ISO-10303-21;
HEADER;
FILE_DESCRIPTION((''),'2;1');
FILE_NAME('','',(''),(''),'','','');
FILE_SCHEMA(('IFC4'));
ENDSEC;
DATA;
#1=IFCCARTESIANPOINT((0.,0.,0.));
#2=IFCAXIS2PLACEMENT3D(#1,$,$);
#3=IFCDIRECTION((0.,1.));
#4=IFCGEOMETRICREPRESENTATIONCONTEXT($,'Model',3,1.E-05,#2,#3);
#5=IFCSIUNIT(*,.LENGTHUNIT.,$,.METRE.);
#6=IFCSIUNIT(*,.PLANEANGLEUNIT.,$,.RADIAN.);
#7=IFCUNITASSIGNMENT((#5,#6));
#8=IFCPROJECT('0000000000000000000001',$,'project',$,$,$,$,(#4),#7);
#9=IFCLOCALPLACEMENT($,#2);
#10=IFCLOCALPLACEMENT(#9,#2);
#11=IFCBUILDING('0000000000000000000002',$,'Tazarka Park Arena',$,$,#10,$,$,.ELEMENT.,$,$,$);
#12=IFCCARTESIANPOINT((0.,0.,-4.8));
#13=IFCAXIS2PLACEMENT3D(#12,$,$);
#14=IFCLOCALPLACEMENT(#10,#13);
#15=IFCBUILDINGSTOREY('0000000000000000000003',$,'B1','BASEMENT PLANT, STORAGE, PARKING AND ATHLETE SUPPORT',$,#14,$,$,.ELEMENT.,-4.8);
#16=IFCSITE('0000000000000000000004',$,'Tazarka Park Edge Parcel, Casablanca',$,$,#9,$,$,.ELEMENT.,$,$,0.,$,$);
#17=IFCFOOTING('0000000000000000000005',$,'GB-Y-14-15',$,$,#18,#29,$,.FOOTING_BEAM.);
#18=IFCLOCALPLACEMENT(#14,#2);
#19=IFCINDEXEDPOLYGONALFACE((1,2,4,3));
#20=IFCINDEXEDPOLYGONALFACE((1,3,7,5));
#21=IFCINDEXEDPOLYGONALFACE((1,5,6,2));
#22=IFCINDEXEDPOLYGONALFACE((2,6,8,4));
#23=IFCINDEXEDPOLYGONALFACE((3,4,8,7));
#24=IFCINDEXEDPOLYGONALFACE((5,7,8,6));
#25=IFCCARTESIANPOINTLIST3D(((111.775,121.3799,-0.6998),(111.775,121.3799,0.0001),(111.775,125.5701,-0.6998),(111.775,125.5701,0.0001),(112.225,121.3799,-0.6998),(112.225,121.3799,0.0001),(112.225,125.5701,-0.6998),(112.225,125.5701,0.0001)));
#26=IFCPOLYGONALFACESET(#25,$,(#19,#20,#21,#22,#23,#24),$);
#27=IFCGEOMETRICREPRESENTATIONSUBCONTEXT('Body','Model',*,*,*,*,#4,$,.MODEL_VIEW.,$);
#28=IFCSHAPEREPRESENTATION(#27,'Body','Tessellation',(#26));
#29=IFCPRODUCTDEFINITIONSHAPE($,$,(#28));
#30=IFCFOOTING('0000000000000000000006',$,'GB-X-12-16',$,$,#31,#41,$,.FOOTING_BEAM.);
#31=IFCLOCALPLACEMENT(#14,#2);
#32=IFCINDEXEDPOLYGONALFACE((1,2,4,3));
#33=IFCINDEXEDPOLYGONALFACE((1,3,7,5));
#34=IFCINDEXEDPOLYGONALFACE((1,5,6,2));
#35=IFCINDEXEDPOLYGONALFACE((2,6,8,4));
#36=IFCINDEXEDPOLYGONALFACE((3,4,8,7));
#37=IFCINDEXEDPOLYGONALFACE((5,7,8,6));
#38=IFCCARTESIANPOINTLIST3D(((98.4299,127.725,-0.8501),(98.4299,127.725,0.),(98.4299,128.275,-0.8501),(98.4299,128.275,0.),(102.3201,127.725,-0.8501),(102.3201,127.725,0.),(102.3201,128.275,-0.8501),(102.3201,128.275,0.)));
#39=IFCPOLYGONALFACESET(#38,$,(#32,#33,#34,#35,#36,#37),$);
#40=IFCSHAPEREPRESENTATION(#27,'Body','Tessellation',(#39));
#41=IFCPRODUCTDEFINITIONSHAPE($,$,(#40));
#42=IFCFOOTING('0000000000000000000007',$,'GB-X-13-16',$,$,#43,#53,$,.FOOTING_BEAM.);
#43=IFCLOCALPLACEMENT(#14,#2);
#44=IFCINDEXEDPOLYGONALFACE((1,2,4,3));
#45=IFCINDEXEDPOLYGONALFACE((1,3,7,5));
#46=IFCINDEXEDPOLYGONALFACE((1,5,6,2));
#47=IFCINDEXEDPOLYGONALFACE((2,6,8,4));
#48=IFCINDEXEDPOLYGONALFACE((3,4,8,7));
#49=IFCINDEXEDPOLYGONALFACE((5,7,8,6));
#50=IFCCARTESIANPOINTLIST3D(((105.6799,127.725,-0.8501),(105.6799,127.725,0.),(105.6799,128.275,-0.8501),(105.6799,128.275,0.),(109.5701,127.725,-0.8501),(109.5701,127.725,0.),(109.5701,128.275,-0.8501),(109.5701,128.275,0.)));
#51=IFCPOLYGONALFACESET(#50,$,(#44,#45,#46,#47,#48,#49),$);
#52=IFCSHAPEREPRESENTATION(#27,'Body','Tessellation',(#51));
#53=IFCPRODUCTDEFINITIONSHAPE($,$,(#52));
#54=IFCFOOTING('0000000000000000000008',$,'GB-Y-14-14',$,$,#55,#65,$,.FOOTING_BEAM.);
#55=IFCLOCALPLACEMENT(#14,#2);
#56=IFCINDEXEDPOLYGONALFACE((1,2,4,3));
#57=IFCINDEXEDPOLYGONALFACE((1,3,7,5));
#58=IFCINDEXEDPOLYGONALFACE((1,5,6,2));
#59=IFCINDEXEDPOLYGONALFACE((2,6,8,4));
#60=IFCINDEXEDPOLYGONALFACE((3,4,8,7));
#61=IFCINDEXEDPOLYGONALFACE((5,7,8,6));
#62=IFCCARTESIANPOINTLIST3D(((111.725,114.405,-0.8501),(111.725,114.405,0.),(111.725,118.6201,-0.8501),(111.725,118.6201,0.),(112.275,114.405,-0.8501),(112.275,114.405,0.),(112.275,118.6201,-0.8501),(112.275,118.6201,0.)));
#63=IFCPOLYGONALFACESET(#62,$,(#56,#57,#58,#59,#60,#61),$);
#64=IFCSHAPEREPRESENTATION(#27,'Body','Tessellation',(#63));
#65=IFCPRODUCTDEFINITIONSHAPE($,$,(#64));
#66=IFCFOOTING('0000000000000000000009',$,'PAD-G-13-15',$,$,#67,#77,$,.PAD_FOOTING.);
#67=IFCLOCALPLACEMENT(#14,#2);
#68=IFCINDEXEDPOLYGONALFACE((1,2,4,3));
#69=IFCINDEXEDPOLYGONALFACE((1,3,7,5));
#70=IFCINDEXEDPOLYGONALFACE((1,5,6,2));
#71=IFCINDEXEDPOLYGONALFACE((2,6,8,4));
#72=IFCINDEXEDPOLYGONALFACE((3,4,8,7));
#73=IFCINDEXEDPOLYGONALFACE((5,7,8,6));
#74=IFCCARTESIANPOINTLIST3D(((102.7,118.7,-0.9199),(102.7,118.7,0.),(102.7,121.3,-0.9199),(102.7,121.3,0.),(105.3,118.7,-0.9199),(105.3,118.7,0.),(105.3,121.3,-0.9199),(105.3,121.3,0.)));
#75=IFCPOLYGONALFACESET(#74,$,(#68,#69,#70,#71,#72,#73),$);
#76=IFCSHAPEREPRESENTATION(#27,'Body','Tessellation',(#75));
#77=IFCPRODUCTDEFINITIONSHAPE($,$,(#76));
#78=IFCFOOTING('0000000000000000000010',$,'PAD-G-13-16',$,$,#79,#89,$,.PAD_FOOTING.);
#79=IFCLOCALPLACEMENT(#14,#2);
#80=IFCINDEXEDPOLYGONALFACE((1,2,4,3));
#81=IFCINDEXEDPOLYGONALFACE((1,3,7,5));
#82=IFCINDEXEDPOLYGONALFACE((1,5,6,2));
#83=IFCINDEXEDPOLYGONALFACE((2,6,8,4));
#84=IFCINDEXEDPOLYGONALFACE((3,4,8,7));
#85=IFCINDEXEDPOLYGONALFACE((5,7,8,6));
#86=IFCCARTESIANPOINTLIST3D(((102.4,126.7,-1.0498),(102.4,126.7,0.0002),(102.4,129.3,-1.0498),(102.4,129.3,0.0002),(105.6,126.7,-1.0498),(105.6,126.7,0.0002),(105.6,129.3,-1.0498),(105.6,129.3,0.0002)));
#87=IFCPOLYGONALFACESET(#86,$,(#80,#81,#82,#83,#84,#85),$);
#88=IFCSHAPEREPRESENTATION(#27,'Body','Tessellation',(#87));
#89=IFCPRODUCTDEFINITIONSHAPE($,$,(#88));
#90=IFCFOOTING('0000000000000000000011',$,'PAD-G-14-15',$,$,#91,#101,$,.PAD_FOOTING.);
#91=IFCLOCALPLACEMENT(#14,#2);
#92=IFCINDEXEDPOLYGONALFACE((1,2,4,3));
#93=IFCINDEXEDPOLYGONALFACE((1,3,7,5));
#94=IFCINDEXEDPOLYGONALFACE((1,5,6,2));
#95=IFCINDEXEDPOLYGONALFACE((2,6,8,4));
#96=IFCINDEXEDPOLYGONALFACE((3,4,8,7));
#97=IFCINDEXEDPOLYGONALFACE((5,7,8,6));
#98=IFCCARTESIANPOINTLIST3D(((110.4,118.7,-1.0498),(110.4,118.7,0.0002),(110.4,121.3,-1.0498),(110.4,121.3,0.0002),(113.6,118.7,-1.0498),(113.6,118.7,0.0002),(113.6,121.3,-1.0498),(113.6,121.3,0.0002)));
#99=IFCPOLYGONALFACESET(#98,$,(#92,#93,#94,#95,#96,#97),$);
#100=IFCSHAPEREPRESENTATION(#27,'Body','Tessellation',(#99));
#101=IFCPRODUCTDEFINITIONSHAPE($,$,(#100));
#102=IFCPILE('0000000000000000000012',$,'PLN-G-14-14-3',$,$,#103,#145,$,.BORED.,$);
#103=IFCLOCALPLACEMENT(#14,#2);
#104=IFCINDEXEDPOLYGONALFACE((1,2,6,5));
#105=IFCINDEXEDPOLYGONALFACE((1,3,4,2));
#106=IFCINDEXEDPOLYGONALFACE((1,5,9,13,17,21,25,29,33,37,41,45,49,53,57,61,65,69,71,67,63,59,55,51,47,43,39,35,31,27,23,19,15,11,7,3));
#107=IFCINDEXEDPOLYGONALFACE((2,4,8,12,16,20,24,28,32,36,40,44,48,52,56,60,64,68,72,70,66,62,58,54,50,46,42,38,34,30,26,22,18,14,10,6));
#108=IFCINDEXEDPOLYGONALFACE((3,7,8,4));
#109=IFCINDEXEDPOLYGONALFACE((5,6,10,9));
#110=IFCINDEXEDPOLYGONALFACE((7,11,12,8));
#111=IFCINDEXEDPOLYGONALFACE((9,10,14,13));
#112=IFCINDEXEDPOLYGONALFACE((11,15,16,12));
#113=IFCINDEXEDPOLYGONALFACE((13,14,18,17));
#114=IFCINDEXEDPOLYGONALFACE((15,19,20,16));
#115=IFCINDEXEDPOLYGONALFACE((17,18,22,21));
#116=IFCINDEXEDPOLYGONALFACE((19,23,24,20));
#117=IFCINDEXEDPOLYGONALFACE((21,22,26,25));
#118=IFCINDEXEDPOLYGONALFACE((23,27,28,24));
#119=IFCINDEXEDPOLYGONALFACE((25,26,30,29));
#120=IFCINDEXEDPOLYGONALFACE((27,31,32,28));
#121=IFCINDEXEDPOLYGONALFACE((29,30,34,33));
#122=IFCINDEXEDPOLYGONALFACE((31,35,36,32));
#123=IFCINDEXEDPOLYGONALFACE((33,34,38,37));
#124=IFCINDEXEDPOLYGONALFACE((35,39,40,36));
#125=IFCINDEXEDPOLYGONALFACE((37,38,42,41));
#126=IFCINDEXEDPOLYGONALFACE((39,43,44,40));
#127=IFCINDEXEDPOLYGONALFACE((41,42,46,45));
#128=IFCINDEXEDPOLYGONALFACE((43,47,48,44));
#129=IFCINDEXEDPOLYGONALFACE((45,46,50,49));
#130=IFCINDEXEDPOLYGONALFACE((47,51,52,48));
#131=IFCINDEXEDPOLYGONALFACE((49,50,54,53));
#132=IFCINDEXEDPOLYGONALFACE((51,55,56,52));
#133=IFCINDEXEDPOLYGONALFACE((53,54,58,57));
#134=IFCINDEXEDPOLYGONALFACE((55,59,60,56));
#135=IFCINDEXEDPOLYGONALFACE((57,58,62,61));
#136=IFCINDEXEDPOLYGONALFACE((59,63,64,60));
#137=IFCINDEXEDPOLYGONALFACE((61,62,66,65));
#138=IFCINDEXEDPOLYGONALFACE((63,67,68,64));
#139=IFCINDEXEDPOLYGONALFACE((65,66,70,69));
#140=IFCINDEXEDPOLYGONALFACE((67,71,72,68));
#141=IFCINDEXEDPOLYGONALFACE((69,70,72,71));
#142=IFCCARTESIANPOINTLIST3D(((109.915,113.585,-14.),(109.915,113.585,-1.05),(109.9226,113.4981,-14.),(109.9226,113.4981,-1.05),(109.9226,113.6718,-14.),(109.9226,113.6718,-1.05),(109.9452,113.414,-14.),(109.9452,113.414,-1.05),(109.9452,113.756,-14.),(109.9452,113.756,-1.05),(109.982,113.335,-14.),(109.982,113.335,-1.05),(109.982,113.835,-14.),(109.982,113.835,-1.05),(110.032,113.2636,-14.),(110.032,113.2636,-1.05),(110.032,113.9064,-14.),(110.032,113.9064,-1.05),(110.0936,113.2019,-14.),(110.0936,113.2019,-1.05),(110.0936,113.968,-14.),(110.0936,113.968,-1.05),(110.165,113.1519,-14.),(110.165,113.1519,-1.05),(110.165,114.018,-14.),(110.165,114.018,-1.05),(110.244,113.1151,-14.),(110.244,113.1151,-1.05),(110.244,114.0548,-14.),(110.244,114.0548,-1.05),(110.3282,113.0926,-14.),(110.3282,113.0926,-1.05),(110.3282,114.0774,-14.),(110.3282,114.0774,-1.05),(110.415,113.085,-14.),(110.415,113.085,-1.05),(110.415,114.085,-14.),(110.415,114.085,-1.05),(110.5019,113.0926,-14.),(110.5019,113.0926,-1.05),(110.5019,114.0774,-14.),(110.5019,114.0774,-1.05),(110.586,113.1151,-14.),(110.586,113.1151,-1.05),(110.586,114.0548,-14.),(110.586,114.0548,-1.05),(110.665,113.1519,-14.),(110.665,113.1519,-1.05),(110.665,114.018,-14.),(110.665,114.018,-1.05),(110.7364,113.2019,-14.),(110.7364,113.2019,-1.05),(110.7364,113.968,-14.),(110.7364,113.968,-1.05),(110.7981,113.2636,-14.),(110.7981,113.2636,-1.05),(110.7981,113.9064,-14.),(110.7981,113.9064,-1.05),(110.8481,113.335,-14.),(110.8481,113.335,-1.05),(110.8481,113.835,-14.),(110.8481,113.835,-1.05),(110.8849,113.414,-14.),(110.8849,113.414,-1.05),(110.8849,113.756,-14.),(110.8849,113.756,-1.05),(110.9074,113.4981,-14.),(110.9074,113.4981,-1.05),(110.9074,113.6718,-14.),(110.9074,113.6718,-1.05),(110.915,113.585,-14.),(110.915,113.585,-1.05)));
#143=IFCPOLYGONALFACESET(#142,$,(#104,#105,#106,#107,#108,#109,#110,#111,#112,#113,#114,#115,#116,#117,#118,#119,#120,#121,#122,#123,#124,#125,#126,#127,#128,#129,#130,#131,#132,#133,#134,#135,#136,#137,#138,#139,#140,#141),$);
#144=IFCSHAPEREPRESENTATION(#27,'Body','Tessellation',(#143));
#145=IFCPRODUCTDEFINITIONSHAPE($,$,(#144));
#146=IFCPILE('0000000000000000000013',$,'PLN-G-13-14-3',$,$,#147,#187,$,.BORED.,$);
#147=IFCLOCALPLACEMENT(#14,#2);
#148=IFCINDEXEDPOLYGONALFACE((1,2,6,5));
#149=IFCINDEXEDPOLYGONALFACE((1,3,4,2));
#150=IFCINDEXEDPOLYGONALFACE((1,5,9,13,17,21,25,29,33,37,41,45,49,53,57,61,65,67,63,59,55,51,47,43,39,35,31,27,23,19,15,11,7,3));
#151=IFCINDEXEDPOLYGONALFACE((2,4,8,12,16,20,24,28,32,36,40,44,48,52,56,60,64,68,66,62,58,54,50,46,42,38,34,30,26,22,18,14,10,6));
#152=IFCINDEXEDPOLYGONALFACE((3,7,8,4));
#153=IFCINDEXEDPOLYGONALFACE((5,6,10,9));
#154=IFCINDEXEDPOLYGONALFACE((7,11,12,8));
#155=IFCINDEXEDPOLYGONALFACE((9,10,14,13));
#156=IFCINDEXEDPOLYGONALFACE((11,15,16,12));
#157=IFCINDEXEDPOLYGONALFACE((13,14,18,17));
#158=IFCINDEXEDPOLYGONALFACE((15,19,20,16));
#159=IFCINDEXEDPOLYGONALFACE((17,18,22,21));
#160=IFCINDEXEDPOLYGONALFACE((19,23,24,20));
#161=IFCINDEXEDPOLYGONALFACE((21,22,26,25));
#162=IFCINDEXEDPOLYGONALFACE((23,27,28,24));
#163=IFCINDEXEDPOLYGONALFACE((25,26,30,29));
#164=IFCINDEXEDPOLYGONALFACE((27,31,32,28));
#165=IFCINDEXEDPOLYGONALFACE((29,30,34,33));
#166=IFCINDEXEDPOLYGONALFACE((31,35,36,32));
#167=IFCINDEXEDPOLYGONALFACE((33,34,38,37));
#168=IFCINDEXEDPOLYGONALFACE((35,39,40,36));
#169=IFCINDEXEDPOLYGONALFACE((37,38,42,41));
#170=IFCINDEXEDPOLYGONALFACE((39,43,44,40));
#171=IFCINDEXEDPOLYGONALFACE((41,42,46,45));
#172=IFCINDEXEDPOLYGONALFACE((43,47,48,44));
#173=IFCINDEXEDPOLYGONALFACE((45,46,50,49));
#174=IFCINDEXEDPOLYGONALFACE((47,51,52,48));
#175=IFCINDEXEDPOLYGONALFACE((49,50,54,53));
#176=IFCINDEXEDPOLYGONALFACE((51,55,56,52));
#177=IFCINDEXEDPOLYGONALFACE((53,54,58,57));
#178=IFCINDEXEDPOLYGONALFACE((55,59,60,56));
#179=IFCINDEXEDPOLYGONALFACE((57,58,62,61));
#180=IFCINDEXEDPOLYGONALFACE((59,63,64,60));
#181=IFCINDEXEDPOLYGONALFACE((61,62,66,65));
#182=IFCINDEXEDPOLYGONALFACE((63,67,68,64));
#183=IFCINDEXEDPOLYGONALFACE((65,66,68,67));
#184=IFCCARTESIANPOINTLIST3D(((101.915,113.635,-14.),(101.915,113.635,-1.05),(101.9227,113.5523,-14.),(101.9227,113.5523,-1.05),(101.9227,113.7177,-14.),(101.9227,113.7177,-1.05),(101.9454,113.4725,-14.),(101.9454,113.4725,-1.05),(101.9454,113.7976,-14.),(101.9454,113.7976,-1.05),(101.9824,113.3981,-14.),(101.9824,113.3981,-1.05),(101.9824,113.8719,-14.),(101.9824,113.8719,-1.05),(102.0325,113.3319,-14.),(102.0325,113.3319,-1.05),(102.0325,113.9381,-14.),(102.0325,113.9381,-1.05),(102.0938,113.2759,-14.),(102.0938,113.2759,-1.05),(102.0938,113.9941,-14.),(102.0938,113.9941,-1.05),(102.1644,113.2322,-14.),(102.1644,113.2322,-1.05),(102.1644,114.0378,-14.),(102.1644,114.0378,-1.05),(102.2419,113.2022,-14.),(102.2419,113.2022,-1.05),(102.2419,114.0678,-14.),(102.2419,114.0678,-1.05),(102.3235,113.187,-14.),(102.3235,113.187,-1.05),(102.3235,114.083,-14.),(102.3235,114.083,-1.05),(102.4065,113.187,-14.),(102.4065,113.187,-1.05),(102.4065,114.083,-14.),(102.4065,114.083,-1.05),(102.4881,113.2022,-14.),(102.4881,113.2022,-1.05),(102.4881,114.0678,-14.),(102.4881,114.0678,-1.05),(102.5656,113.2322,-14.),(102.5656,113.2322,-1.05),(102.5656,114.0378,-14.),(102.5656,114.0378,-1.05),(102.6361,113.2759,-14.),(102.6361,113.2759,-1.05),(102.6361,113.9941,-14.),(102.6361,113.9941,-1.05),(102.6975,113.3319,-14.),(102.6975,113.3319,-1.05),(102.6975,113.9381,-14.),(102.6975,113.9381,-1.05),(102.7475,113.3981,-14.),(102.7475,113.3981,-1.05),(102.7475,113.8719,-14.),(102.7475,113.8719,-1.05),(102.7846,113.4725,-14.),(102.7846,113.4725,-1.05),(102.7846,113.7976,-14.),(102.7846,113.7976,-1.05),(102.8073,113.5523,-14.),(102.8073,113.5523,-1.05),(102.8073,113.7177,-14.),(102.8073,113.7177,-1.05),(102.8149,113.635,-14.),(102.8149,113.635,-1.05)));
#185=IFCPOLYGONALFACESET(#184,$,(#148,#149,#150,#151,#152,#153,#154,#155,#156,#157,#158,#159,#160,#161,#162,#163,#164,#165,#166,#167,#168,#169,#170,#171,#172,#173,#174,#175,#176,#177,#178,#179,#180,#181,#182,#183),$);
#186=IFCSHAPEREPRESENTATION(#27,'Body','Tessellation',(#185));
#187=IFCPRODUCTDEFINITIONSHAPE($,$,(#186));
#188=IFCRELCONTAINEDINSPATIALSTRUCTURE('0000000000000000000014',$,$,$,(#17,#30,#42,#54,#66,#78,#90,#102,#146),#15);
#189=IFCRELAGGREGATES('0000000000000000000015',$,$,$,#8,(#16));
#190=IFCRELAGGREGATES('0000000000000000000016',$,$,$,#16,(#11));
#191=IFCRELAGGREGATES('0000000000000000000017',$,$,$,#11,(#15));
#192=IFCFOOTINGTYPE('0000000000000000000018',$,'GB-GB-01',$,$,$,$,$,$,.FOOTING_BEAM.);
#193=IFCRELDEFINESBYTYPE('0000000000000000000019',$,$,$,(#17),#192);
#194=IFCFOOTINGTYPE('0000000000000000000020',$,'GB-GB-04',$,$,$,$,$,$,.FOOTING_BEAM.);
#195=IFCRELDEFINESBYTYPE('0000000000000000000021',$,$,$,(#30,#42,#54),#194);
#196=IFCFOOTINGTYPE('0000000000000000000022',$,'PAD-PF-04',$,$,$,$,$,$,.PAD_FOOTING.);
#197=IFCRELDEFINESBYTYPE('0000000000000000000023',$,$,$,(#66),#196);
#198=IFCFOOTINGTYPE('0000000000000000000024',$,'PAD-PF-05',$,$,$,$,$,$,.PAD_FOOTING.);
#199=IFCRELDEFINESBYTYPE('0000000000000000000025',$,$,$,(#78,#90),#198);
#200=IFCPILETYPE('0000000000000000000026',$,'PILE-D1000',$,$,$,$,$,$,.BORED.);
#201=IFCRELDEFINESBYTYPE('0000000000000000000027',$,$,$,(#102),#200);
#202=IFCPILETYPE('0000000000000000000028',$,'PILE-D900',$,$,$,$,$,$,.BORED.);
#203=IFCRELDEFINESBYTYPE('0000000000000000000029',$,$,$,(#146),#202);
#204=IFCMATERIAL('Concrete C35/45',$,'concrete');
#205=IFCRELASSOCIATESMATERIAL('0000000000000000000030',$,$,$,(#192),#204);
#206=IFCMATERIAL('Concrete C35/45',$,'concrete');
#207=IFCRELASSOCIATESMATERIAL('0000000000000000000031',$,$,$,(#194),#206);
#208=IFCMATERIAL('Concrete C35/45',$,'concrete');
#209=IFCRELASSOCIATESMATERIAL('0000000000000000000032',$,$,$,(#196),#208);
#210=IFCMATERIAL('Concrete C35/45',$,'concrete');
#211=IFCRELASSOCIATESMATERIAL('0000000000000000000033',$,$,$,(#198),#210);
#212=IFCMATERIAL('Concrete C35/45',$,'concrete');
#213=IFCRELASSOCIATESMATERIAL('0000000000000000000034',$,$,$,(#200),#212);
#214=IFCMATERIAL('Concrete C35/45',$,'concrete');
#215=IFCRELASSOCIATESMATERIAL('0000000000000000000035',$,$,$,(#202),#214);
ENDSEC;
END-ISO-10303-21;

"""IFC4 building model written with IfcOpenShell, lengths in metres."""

from ifc_helpers import new_model, si_unit, direction, frame, origin, origin_2d, place, context, subcontext, project, spatial, rectangle, circle, extrude, material, material_profile, profile_set, type_object, element, save


model = new_model("IFC4")

# Units and contexts
model_context = context("Model", 3, precision=1e-05, world=origin(), true_north=direction((0.0, 1.0)))
body_context = subcontext(model_context, "Body", "Model", "MODEL_VIEW")
ifc_project = project(units=[si_unit("LENGTHUNIT", "METRE"), si_unit("PLANEANGLEUNIT", "RADIAN")], contexts=[model_context])

# Site, building, storey
site_placement = place(None, origin())
site = spatial("IfcSite", under=ifc_project, at=site_placement, Name="Tazarka Park Edge Parcel, Casablanca", CompositionType="ELEMENT", RefElevation=0.0)
building_placement = place(site_placement, origin())
building = spatial("IfcBuilding", under=site, at=building_placement, Name="Tazarka Park Arena", CompositionType="ELEMENT")
storey_placement = place(building_placement, frame((0.0, 0.0, -4.8)))
storey = spatial("IfcBuildingStorey", under=building, at=storey_placement, Name="B1", Description="BASEMENT PLANT, STORAGE, PARKING AND ATHLETE SUPPORT", CompositionType="ELEMENT", Elevation=-4.8)

# Footings
ifc_material_1 = material(Name="Concrete C35/45", Category="concrete")
ifc_material_profile_1 = material_profile(ifc_material_1, rectangle(XDim=0.45, YDim=0.7, at=origin_2d()), Name="Concrete C35/45")
ifc_profile_set_1 = profile_set([ifc_material_profile_1], Name="Concrete C35/45")
footing_type_1 = type_object("IfcFootingType", Name="GB-GB-01", PredefinedType="FOOTING_BEAM", material=ifc_profile_set_1)
footing_1_placement = place(storey_placement, frame((112.0, 121.3799, -0.3499), z_axis=(0.0, 1.0, 0.0), x_axis=(-1.0, 0.0, 0.0)))
element("IfcFooting", 1, at=footing_1_placement, inside=storey, type_object=footing_type_1, Name="GB-Y-14-15", PredefinedType="FOOTING_BEAM", context=body_context, shape_type="SweptSolid", body=[
    extrude(rectangle(XDim=0.45, YDim=0.7, at=origin_2d()), origin(), (0.0, 0.0, 1.0), 4.1902),
])
ifc_material_2 = material(Name="Concrete C35/45", Category="concrete")
ifc_material_profile_2 = material_profile(ifc_material_2, rectangle(XDim=0.55, YDim=0.8501, at=origin_2d()), Name="Concrete C35/45")
ifc_profile_set_2 = profile_set([ifc_material_profile_2], Name="Concrete C35/45")
footing_type_2 = type_object("IfcFootingType", Name="GB-GB-04", PredefinedType="FOOTING_BEAM", material=ifc_profile_set_2)
for number, where, z_axis, x_axis, name in (
    (2, (98.4299, 128.0, -0.425), (1.0, 0.0, 0.0), (0.0, 1.0, 0.0), "GB-X-12-16"),
    (3, (105.6799, 128.0, -0.425), (1.0, 0.0, 0.0), (0.0, 1.0, 0.0), "GB-X-13-16"),
):
    element("IfcFooting", number, at=place(storey_placement, frame(where, z_axis=z_axis, x_axis=x_axis)), inside=storey, type_object=footing_type_2, Name=name, PredefinedType="FOOTING_BEAM", context=body_context, shape_type="SweptSolid", body=[
        extrude(rectangle(XDim=0.55, YDim=0.8501, at=origin_2d()), origin(), (0.0, 0.0, 1.0), 3.8901),
    ])
footing_2_placement = place(storey_placement, frame((112.0, 114.405, -0.425), z_axis=(0.0, 1.0, 0.0), x_axis=(-1.0, 0.0, 0.0)))
element("IfcFooting", 4, at=footing_2_placement, inside=storey, type_object=footing_type_2, Name="GB-Y-14-14", PredefinedType="FOOTING_BEAM", context=body_context, shape_type="SweptSolid", body=[
    extrude(rectangle(XDim=0.55, YDim=0.8501, at=origin_2d()), origin(), (0.0, 0.0, 1.0), 4.2151),
])
ifc_material_3 = material(Name="Concrete C35/45", Category="concrete")
footing_type_3 = type_object("IfcFootingType", Name="PAD-PF-04", PredefinedType="PAD_FOOTING", material=ifc_material_3)
footing_3_placement = place(storey_placement, frame((104.0, 120.0, -0.9199), z_axis=(0.0, 0.0, 1.0), x_axis=(1.0, 0.0, 0.0)))
element("IfcFooting", 5, at=footing_3_placement, inside=storey, type_object=footing_type_3, Name="PAD-G-13-15", PredefinedType="PAD_FOOTING", context=body_context, shape_type="SweptSolid", body=[
    extrude(rectangle(XDim=2.6001, YDim=2.6001, at=origin_2d()), origin(), (0.0, 0.0, 1.0), 0.9199),
])
ifc_material_4 = material(Name="Concrete C35/45", Category="concrete")
footing_type_4 = type_object("IfcFootingType", Name="PAD-PF-05", PredefinedType="PAD_FOOTING", material=ifc_material_4)
for number, where, z_axis, x_axis, name in (
    (6, (104.0, 128.0, -1.0498), (0.0, 0.0, 1.0), (1.0, 0.0, 0.0), "PAD-G-13-16"),
    (7, (112.0, 120.0, -1.0498), (0.0, 0.0, 1.0), (1.0, 0.0, 0.0), "PAD-G-14-15"),
):
    element("IfcFooting", number, at=place(storey_placement, frame(where, z_axis=z_axis, x_axis=x_axis)), inside=storey, type_object=footing_type_4, Name=name, PredefinedType="PAD_FOOTING", context=body_context, shape_type="SweptSolid", body=[
        extrude(rectangle(XDim=3.2, YDim=2.6001, at=origin_2d()), origin(), (0.0, 0.0, 1.0), 1.05),
    ])

# Piles
ifc_material_5 = material(Name="Concrete C35/45", Category="concrete")
ifc_material_profile_3 = material_profile(ifc_material_5, circle(Radius=0.5, at=origin_2d()), Name="Concrete C35/45")
ifc_profile_set_3 = profile_set([ifc_material_profile_3], Name="Concrete C35/45")
pile_type_1 = type_object("IfcPileType", Name="PILE-D1000", PredefinedType="BORED", material=ifc_profile_set_3)
pile_placement = place(storey_placement, frame((110.415, 113.585, -1.05), z_axis=(0.0, 0.0, -1.0), x_axis=(1.0, 0.0, 0.0)))
element("IfcPile", 8, at=pile_placement, inside=storey, type_object=pile_type_1, Name="PLN-G-14-14-3", PredefinedType="BORED", context=body_context, shape_type="SweptSolid", body=[
    extrude(circle(Radius=0.5, at=origin_2d()), origin(), (0.0, 0.0, 1.0), 12.95),
])
ifc_material_6 = material(Name="Concrete C35/45", Category="concrete")
ifc_material_profile_4 = material_profile(ifc_material_6, circle(Radius=0.45, at=origin_2d()), Name="Concrete C35/45")
ifc_profile_set_4 = profile_set([ifc_material_profile_4], Name="Concrete C35/45")
pile_type_2 = type_object("IfcPileType", Name="PILE-D900", PredefinedType="BORED", material=ifc_profile_set_4)
for number, where, z_axis, x_axis, name in (
    (9, (102.365, 113.635, -1.05), (0.0, 0.0, -1.0), (1.0, 0.0, 0.0), "PLN-G-13-14-3"),
):
    element("IfcPile", number, at=place(storey_placement, frame(where, z_axis=z_axis, x_axis=x_axis)), inside=storey, type_object=pile_type_2, Name=name, PredefinedType="BORED", context=body_context, shape_type="SweptSolid", body=[
        extrude(circle(Radius=0.45, at=origin_2d()), origin(), (0.0, 0.0, 1.0), 12.95),
    ])

save(model, "model.ifc")
